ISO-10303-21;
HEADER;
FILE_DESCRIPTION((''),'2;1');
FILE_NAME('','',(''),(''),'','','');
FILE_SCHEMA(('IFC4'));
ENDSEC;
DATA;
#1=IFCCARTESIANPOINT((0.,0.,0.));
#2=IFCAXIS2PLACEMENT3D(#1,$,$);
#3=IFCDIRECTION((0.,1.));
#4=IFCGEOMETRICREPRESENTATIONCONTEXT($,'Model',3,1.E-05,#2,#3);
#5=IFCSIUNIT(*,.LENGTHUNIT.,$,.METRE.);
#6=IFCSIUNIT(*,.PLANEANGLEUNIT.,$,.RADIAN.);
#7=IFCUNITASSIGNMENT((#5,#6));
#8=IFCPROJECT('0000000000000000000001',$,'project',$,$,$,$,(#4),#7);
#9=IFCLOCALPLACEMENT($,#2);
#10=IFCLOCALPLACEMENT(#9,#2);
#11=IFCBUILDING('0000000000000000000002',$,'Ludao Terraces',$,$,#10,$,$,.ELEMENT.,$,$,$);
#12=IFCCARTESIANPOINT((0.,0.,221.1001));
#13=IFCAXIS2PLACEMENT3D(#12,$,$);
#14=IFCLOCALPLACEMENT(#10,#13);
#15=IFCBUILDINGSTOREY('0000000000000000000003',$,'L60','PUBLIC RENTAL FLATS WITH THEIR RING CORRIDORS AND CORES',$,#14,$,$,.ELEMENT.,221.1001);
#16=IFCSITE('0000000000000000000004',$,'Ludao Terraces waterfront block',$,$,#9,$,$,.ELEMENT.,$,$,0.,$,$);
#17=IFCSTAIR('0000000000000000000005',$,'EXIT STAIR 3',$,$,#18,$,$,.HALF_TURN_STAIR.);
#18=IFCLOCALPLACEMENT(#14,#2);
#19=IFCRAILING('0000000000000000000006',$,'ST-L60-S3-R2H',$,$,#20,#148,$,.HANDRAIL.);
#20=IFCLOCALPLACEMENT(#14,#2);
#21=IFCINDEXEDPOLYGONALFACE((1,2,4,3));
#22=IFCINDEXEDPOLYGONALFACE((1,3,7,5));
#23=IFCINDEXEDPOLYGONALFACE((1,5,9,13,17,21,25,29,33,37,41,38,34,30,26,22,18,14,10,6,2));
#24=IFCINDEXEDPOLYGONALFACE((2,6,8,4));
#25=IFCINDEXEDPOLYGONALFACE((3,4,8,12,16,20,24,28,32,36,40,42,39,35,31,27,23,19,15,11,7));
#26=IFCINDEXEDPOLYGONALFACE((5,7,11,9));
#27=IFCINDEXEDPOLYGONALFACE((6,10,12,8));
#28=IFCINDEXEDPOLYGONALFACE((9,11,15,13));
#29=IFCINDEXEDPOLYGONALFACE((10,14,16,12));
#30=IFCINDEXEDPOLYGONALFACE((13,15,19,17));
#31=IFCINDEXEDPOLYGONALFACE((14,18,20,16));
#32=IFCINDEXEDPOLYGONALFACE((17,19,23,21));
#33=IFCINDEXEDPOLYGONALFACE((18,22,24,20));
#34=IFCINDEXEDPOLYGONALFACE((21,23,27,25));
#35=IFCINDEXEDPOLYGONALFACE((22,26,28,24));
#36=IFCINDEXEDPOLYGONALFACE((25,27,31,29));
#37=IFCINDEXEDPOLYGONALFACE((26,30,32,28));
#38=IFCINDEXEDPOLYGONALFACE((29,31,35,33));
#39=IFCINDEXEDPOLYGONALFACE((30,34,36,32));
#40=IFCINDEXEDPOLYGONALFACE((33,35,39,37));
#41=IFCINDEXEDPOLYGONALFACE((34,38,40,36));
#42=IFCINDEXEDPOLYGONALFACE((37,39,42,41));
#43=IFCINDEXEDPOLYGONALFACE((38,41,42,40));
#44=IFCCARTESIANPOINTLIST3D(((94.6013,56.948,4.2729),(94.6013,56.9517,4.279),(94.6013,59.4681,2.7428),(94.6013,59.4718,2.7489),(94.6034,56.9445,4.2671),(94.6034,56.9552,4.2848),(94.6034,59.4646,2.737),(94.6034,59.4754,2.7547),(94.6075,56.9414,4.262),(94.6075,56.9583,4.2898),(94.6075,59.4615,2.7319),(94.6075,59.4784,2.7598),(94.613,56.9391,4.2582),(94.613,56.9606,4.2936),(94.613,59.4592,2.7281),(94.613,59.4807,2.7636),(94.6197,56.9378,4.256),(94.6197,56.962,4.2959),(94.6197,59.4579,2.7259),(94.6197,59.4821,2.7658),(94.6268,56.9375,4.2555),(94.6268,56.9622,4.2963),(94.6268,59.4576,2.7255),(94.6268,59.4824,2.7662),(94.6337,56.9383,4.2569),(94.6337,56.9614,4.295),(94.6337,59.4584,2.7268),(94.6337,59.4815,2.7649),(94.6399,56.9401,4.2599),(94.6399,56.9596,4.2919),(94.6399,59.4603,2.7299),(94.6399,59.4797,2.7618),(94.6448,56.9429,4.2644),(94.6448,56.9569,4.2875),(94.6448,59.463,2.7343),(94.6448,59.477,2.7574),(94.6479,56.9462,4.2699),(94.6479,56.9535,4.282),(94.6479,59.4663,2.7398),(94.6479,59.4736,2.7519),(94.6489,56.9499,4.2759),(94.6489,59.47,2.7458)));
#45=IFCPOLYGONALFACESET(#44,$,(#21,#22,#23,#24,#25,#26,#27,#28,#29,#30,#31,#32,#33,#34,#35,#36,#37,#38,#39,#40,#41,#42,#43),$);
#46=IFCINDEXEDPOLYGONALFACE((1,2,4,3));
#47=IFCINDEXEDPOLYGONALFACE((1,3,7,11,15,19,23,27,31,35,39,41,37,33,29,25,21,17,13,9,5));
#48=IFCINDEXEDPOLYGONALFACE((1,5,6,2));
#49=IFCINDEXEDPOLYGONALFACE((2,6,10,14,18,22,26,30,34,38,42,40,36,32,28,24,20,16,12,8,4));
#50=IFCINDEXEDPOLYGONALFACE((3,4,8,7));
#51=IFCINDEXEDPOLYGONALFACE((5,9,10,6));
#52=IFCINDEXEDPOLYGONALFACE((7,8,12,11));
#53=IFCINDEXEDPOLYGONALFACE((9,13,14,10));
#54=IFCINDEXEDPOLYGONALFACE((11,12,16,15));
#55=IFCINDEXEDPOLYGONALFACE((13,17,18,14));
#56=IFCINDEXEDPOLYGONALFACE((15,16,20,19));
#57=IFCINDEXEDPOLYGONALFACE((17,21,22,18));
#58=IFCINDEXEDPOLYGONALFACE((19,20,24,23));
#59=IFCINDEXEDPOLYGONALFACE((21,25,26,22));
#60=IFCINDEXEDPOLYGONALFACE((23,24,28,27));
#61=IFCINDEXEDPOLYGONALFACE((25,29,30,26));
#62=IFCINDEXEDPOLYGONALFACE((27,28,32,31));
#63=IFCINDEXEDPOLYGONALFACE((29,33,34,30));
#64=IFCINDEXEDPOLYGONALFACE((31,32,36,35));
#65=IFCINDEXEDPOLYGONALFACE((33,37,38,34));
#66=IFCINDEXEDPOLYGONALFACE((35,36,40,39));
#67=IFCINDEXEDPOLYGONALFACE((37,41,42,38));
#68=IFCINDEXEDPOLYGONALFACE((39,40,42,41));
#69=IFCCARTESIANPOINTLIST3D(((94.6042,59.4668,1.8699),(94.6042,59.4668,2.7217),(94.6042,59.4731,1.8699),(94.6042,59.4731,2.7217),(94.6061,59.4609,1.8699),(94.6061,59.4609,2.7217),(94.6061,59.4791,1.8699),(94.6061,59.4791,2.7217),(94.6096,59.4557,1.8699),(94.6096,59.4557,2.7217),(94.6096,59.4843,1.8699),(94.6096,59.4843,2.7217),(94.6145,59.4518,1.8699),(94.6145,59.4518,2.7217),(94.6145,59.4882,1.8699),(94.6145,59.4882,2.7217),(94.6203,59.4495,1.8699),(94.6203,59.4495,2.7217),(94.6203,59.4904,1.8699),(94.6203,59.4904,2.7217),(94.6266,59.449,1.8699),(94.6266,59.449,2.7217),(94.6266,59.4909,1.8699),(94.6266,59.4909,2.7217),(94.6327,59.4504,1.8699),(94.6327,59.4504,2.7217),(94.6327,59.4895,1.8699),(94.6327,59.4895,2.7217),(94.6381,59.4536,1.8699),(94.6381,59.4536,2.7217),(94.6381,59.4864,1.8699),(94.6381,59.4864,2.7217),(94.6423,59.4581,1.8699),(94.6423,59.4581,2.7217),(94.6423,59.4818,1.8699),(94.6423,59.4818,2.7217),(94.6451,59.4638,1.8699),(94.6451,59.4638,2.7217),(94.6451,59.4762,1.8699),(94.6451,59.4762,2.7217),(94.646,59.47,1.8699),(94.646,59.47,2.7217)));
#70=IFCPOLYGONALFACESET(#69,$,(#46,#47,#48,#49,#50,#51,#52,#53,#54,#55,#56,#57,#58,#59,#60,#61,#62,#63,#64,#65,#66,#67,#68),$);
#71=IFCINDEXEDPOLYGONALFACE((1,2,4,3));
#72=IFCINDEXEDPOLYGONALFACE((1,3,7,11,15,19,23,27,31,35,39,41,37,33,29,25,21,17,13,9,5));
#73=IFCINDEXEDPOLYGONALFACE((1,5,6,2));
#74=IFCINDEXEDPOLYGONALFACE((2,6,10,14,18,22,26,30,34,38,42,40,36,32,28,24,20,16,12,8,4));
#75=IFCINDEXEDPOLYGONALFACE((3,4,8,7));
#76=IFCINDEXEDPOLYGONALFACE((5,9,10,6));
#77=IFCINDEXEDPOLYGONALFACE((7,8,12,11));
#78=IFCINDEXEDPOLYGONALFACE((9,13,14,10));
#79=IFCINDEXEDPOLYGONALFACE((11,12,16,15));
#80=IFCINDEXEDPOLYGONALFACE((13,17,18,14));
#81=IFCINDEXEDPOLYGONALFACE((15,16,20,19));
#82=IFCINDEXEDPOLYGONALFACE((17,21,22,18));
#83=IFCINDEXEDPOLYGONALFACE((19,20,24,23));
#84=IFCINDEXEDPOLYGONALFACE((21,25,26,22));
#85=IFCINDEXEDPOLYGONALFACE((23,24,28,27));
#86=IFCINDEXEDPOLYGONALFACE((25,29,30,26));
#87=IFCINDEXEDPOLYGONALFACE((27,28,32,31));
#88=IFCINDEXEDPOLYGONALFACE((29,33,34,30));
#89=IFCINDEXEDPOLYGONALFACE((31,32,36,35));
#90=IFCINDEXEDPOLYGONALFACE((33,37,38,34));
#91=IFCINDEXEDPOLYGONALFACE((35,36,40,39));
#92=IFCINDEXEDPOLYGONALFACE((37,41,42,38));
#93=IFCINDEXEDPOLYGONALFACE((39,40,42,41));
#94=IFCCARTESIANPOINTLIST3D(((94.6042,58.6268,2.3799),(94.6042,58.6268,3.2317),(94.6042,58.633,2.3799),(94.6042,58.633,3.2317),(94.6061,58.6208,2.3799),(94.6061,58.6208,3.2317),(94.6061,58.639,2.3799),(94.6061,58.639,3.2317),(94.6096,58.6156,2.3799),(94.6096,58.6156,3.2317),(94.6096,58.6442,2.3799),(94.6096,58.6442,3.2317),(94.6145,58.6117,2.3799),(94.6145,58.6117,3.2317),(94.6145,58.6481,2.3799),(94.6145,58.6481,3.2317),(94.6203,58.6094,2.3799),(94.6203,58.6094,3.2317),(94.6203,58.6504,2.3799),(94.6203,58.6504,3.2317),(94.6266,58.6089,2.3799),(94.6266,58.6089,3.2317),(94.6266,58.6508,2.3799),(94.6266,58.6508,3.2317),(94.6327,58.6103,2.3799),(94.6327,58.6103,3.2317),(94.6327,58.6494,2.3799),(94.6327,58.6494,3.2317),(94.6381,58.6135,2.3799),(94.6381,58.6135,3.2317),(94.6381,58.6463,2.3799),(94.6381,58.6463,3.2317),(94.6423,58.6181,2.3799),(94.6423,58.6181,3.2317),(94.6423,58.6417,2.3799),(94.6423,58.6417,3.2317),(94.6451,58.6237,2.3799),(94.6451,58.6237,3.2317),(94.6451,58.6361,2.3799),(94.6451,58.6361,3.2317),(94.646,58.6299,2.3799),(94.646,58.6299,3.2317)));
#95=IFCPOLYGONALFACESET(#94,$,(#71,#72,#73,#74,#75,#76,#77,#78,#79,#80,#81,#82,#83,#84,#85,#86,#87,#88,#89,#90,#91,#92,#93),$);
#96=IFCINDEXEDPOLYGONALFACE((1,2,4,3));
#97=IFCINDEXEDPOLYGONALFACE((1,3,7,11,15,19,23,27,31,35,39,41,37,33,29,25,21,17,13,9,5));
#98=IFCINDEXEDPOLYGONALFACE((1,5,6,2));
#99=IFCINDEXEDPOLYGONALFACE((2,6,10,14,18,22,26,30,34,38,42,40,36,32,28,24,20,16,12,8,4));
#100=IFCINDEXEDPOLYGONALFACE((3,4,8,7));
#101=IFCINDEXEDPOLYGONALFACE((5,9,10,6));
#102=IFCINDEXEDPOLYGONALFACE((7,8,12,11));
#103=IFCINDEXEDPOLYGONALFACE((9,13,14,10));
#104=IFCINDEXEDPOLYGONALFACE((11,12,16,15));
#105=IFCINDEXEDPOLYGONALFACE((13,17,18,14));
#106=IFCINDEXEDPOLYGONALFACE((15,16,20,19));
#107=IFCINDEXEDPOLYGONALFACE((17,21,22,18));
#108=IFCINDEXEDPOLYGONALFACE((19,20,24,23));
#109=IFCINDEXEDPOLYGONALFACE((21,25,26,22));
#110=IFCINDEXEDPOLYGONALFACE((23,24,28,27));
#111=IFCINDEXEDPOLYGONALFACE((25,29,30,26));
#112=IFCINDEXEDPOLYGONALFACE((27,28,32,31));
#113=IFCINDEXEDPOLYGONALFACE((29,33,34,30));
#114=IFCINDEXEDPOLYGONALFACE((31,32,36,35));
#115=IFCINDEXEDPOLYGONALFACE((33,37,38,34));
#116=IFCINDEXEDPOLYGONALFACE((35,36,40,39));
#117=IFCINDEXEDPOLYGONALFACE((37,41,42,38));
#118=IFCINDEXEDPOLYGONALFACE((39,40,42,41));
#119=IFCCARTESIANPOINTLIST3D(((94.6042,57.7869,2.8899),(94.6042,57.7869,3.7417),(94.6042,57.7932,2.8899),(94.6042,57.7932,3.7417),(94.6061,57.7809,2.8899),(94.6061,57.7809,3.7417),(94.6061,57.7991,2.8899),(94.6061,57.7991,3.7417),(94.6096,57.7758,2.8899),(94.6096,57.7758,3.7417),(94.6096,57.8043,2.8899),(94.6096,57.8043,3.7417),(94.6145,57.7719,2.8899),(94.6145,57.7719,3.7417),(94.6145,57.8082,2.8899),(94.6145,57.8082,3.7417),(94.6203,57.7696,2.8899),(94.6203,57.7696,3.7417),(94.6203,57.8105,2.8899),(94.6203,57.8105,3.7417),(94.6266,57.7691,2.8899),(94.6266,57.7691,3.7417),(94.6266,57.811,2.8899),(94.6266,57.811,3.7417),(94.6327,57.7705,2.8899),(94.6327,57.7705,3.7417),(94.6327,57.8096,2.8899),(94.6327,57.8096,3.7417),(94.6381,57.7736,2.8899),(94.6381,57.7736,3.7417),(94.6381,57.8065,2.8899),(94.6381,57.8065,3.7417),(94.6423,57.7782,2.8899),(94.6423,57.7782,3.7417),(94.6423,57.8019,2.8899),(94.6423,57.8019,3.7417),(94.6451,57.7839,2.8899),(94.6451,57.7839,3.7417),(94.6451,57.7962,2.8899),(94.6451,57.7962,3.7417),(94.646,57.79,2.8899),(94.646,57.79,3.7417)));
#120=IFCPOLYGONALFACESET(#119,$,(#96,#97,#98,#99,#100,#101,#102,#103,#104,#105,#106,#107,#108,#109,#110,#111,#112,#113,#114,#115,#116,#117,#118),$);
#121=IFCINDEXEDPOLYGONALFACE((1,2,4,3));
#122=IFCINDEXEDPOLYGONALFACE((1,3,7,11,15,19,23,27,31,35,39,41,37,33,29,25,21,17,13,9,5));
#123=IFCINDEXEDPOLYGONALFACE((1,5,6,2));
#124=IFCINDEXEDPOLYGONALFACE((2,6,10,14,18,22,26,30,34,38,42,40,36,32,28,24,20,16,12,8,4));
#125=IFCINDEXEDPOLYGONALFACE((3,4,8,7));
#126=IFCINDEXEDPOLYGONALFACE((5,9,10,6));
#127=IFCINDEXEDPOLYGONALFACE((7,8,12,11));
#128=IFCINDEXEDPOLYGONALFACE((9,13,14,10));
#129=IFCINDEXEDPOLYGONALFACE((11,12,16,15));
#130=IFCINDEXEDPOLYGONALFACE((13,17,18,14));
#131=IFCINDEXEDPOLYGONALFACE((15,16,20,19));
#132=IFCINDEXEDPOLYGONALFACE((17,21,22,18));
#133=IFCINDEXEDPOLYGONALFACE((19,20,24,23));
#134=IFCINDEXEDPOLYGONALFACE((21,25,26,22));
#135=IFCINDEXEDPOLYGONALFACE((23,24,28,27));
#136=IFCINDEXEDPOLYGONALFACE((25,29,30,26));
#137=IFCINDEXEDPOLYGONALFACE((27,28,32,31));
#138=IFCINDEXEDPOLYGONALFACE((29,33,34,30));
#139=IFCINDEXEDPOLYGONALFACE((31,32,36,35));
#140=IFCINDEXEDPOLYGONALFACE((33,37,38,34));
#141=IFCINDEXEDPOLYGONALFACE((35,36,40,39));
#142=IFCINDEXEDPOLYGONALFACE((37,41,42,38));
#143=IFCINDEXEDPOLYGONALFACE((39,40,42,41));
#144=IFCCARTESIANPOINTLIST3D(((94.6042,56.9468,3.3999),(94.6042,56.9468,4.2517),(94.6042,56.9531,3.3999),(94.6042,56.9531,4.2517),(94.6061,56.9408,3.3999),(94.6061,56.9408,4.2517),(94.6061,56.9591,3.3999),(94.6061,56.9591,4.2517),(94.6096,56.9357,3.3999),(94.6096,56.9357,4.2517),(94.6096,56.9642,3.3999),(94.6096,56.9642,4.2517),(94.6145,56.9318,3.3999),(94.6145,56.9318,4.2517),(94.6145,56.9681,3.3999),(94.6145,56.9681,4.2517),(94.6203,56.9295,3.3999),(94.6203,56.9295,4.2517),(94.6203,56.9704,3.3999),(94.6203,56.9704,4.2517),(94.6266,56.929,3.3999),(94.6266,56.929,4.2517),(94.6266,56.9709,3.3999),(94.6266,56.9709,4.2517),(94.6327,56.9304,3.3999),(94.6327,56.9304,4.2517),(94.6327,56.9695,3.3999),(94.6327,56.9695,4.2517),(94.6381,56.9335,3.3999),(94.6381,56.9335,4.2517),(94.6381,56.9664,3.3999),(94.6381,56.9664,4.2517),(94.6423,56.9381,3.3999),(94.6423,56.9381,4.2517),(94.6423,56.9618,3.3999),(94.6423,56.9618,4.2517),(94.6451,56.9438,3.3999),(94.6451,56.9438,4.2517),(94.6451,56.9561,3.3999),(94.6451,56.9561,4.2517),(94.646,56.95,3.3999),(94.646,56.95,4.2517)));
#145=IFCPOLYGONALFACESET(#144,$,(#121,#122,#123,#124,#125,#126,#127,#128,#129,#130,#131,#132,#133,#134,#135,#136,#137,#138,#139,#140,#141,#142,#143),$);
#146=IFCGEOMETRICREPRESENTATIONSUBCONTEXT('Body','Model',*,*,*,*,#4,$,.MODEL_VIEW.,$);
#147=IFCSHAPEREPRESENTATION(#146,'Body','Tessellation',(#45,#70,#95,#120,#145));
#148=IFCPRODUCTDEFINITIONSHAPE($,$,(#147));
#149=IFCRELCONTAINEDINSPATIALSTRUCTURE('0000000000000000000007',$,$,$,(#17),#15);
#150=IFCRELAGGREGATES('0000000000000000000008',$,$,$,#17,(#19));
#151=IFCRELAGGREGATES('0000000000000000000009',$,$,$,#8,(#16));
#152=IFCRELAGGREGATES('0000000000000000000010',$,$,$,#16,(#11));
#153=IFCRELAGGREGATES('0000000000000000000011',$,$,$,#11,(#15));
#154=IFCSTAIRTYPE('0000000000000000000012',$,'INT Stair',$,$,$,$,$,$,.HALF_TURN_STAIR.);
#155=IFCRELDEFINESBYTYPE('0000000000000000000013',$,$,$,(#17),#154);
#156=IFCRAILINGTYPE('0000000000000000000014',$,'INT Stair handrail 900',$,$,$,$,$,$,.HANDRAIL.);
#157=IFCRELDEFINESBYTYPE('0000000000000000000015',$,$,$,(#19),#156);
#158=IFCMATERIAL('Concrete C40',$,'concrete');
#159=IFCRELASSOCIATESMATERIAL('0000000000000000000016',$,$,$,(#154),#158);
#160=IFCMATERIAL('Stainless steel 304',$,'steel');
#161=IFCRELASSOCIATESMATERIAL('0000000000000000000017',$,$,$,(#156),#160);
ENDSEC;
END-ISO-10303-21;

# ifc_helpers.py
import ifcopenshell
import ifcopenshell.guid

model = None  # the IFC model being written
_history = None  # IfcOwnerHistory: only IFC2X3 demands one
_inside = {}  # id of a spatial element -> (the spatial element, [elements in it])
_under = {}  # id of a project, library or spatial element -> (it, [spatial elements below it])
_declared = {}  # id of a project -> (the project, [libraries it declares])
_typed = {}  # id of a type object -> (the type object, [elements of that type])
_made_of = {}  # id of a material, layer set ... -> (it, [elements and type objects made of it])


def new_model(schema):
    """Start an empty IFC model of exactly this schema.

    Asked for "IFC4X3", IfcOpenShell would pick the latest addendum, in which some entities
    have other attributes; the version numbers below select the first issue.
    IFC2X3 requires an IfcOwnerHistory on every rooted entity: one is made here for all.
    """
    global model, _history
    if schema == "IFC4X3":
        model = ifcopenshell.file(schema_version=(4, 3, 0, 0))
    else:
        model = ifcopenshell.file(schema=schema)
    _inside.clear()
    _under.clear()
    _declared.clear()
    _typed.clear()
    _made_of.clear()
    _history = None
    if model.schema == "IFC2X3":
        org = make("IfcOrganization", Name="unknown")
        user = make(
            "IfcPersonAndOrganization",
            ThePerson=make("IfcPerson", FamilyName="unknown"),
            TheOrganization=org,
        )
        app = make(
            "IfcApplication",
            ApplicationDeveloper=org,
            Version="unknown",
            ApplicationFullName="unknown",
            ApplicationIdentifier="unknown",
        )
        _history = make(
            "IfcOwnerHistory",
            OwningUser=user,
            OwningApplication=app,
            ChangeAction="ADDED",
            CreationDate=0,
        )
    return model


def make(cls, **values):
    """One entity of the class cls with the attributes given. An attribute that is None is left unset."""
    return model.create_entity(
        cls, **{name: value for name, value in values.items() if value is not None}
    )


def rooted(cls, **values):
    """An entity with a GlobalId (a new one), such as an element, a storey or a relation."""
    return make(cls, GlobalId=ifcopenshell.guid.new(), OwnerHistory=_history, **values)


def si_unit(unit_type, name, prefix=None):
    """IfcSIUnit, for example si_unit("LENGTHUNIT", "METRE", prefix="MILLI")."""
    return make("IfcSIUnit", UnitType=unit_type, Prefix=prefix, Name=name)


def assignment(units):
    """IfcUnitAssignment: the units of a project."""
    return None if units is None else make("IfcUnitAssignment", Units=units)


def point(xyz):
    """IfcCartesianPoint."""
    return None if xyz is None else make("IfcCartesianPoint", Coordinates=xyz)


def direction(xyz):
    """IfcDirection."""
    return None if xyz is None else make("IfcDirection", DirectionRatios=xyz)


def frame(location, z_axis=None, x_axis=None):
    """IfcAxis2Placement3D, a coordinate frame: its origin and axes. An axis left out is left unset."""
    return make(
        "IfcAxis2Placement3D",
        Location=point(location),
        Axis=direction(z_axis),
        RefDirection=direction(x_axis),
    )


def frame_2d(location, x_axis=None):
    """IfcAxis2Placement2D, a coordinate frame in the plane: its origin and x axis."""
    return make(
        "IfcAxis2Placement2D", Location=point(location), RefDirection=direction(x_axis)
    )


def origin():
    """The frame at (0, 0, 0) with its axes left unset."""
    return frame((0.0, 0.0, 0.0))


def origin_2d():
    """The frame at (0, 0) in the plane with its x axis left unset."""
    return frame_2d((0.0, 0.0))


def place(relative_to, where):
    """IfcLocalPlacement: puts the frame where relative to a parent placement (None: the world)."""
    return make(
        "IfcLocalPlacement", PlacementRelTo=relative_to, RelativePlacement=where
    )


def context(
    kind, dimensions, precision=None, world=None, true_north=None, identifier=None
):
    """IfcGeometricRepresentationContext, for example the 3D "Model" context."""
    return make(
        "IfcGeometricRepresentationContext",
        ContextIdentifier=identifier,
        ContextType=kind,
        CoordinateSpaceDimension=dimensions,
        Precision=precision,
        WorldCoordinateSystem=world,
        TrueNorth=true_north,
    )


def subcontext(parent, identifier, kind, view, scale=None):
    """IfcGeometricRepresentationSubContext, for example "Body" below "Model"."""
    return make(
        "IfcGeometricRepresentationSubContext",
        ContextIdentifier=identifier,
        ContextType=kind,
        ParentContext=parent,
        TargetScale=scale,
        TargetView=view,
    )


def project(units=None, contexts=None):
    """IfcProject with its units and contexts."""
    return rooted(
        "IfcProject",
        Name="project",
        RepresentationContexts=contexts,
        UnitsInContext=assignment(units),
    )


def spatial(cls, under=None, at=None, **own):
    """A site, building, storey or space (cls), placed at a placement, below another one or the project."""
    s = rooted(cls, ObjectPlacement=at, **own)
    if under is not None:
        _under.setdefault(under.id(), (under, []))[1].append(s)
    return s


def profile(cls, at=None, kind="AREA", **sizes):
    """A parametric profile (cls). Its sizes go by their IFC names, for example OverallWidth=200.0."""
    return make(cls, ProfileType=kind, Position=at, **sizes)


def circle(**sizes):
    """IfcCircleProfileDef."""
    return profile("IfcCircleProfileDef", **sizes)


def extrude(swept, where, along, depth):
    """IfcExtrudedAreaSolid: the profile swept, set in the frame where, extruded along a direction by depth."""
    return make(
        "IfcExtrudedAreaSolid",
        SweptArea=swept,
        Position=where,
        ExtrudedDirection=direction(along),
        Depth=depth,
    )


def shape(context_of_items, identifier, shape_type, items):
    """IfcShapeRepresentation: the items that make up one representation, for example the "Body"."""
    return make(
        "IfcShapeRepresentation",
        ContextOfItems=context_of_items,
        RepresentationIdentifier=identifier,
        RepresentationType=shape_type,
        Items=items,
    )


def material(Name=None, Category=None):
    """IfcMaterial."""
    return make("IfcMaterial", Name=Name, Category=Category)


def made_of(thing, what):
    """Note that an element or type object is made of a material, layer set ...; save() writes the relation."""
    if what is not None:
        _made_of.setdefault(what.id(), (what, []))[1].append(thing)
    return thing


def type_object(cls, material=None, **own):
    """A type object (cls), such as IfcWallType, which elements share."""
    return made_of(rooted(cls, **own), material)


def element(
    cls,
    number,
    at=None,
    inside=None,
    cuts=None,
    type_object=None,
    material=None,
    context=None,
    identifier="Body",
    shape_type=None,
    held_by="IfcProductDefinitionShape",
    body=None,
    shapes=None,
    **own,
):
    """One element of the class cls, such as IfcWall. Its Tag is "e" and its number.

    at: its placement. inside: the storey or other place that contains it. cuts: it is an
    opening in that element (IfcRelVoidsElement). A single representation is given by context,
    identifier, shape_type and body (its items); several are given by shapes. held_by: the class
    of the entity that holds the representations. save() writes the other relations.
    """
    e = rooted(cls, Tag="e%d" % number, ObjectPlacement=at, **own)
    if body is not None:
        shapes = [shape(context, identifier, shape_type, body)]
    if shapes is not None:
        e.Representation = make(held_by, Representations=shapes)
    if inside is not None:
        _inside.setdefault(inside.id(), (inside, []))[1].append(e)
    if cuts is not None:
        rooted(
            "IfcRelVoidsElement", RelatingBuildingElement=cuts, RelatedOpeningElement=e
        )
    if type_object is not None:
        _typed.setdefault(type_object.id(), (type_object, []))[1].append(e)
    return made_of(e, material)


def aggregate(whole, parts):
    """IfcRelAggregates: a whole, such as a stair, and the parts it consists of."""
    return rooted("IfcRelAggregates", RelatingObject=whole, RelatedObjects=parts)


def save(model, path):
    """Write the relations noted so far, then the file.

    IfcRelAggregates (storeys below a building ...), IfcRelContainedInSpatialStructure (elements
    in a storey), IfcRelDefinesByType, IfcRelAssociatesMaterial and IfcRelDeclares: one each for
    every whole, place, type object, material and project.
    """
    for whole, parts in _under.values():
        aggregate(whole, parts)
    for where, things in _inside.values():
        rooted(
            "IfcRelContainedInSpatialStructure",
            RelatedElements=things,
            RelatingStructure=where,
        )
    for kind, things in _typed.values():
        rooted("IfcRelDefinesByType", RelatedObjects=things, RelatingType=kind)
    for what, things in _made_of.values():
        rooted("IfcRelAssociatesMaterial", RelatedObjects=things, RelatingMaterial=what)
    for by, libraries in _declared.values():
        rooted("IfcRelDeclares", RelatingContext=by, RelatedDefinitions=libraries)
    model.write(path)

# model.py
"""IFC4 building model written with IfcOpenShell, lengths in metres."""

from ifc_helpers import new_model, si_unit, direction, frame, origin, origin_2d, place, context, subcontext, project, spatial, circle, extrude, material, type_object, element, aggregate, save


model = new_model("IFC4")

# Units and contexts
model_context = context("Model", 3, precision=1e-05, world=origin(), true_north=direction((0.0, 1.0)))
body_context = subcontext(model_context, "Body", "Model", "MODEL_VIEW")
ifc_project = project(units=[si_unit("LENGTHUNIT", "METRE"), si_unit("PLANEANGLEUNIT", "RADIAN")], contexts=[model_context])

# Site, building, storey
site_placement = place(None, origin())
site = spatial("IfcSite", under=ifc_project, at=site_placement, Name="Ludao Terraces waterfront block", CompositionType="ELEMENT", RefElevation=0.0)
building_placement = place(site_placement, origin())
building = spatial("IfcBuilding", under=site, at=building_placement, Name="Ludao Terraces", CompositionType="ELEMENT")
storey_placement = place(building_placement, frame((0.0, 0.0, 221.1001)))
storey = spatial("IfcBuildingStorey", under=building, at=storey_placement, Name="L60", Description="PUBLIC RENTAL FLATS WITH THEIR RING CORRIDORS AND CORES", CompositionType="ELEMENT", Elevation=221.1001)

# Shared definitions
ifc_material_1 = material(Name="Concrete C40", Category="concrete")

# Stair, railing
stair_type = type_object("IfcStairType", Name="INT Stair", PredefinedType="HALF_TURN_STAIR", material=ifc_material_1)
stair_placement = place(storey_placement, origin())
stair = element("IfcStair", 1, at=stair_placement, inside=storey, type_object=stair_type, Name="EXIT STAIR 3", PredefinedType="HALF_TURN_STAIR")
ifc_material_2 = material(Name="Stainless steel 304", Category="steel")
railing_type_1 = type_object("IfcRailingType", Name="INT Stair handrail 900", PredefinedType="HANDRAIL", material=ifc_material_2)
railing_1_placement = place(storey_placement, frame((94.625, 59.47, 1.8699)))
railing_1 = element("IfcRailing", 2, at=railing_1_placement, type_object=railing_type_1, Name="ST-L60-S3-R2H", PredefinedType="HANDRAIL", context=body_context, shape_type="SweptSolid", body=[
    extrude(circle(Radius=0.0239, at=origin_2d()), frame((0.0, 0.0, 0.876), z_axis=(0.0, -0.854785, 0.518982), x_axis=(1.0, 0.0, 0.0)), (0.0, 0.0, 1.0), 2.9482),
    extrude(circle(Radius=0.021, at=origin_2d()), origin(), (0.0, 0.0, 1.0), 0.8518),
    extrude(circle(Radius=0.021, at=origin_2d()), frame((0.0, -0.8401, 0.51)), (0.0, 0.0, 1.0), 0.8518),
    extrude(circle(Radius=0.021, at=origin_2d()), frame((0.0, -1.6799, 1.02)), (0.0, 0.0, 1.0), 0.8518),
    extrude(circle(Radius=0.021, at=origin_2d()), frame((0.0, -2.52, 1.53)), (0.0, 0.0, 1.0), 0.8518),
])
aggregate(stair, [railing_1])

save(model, "model.ifc")
